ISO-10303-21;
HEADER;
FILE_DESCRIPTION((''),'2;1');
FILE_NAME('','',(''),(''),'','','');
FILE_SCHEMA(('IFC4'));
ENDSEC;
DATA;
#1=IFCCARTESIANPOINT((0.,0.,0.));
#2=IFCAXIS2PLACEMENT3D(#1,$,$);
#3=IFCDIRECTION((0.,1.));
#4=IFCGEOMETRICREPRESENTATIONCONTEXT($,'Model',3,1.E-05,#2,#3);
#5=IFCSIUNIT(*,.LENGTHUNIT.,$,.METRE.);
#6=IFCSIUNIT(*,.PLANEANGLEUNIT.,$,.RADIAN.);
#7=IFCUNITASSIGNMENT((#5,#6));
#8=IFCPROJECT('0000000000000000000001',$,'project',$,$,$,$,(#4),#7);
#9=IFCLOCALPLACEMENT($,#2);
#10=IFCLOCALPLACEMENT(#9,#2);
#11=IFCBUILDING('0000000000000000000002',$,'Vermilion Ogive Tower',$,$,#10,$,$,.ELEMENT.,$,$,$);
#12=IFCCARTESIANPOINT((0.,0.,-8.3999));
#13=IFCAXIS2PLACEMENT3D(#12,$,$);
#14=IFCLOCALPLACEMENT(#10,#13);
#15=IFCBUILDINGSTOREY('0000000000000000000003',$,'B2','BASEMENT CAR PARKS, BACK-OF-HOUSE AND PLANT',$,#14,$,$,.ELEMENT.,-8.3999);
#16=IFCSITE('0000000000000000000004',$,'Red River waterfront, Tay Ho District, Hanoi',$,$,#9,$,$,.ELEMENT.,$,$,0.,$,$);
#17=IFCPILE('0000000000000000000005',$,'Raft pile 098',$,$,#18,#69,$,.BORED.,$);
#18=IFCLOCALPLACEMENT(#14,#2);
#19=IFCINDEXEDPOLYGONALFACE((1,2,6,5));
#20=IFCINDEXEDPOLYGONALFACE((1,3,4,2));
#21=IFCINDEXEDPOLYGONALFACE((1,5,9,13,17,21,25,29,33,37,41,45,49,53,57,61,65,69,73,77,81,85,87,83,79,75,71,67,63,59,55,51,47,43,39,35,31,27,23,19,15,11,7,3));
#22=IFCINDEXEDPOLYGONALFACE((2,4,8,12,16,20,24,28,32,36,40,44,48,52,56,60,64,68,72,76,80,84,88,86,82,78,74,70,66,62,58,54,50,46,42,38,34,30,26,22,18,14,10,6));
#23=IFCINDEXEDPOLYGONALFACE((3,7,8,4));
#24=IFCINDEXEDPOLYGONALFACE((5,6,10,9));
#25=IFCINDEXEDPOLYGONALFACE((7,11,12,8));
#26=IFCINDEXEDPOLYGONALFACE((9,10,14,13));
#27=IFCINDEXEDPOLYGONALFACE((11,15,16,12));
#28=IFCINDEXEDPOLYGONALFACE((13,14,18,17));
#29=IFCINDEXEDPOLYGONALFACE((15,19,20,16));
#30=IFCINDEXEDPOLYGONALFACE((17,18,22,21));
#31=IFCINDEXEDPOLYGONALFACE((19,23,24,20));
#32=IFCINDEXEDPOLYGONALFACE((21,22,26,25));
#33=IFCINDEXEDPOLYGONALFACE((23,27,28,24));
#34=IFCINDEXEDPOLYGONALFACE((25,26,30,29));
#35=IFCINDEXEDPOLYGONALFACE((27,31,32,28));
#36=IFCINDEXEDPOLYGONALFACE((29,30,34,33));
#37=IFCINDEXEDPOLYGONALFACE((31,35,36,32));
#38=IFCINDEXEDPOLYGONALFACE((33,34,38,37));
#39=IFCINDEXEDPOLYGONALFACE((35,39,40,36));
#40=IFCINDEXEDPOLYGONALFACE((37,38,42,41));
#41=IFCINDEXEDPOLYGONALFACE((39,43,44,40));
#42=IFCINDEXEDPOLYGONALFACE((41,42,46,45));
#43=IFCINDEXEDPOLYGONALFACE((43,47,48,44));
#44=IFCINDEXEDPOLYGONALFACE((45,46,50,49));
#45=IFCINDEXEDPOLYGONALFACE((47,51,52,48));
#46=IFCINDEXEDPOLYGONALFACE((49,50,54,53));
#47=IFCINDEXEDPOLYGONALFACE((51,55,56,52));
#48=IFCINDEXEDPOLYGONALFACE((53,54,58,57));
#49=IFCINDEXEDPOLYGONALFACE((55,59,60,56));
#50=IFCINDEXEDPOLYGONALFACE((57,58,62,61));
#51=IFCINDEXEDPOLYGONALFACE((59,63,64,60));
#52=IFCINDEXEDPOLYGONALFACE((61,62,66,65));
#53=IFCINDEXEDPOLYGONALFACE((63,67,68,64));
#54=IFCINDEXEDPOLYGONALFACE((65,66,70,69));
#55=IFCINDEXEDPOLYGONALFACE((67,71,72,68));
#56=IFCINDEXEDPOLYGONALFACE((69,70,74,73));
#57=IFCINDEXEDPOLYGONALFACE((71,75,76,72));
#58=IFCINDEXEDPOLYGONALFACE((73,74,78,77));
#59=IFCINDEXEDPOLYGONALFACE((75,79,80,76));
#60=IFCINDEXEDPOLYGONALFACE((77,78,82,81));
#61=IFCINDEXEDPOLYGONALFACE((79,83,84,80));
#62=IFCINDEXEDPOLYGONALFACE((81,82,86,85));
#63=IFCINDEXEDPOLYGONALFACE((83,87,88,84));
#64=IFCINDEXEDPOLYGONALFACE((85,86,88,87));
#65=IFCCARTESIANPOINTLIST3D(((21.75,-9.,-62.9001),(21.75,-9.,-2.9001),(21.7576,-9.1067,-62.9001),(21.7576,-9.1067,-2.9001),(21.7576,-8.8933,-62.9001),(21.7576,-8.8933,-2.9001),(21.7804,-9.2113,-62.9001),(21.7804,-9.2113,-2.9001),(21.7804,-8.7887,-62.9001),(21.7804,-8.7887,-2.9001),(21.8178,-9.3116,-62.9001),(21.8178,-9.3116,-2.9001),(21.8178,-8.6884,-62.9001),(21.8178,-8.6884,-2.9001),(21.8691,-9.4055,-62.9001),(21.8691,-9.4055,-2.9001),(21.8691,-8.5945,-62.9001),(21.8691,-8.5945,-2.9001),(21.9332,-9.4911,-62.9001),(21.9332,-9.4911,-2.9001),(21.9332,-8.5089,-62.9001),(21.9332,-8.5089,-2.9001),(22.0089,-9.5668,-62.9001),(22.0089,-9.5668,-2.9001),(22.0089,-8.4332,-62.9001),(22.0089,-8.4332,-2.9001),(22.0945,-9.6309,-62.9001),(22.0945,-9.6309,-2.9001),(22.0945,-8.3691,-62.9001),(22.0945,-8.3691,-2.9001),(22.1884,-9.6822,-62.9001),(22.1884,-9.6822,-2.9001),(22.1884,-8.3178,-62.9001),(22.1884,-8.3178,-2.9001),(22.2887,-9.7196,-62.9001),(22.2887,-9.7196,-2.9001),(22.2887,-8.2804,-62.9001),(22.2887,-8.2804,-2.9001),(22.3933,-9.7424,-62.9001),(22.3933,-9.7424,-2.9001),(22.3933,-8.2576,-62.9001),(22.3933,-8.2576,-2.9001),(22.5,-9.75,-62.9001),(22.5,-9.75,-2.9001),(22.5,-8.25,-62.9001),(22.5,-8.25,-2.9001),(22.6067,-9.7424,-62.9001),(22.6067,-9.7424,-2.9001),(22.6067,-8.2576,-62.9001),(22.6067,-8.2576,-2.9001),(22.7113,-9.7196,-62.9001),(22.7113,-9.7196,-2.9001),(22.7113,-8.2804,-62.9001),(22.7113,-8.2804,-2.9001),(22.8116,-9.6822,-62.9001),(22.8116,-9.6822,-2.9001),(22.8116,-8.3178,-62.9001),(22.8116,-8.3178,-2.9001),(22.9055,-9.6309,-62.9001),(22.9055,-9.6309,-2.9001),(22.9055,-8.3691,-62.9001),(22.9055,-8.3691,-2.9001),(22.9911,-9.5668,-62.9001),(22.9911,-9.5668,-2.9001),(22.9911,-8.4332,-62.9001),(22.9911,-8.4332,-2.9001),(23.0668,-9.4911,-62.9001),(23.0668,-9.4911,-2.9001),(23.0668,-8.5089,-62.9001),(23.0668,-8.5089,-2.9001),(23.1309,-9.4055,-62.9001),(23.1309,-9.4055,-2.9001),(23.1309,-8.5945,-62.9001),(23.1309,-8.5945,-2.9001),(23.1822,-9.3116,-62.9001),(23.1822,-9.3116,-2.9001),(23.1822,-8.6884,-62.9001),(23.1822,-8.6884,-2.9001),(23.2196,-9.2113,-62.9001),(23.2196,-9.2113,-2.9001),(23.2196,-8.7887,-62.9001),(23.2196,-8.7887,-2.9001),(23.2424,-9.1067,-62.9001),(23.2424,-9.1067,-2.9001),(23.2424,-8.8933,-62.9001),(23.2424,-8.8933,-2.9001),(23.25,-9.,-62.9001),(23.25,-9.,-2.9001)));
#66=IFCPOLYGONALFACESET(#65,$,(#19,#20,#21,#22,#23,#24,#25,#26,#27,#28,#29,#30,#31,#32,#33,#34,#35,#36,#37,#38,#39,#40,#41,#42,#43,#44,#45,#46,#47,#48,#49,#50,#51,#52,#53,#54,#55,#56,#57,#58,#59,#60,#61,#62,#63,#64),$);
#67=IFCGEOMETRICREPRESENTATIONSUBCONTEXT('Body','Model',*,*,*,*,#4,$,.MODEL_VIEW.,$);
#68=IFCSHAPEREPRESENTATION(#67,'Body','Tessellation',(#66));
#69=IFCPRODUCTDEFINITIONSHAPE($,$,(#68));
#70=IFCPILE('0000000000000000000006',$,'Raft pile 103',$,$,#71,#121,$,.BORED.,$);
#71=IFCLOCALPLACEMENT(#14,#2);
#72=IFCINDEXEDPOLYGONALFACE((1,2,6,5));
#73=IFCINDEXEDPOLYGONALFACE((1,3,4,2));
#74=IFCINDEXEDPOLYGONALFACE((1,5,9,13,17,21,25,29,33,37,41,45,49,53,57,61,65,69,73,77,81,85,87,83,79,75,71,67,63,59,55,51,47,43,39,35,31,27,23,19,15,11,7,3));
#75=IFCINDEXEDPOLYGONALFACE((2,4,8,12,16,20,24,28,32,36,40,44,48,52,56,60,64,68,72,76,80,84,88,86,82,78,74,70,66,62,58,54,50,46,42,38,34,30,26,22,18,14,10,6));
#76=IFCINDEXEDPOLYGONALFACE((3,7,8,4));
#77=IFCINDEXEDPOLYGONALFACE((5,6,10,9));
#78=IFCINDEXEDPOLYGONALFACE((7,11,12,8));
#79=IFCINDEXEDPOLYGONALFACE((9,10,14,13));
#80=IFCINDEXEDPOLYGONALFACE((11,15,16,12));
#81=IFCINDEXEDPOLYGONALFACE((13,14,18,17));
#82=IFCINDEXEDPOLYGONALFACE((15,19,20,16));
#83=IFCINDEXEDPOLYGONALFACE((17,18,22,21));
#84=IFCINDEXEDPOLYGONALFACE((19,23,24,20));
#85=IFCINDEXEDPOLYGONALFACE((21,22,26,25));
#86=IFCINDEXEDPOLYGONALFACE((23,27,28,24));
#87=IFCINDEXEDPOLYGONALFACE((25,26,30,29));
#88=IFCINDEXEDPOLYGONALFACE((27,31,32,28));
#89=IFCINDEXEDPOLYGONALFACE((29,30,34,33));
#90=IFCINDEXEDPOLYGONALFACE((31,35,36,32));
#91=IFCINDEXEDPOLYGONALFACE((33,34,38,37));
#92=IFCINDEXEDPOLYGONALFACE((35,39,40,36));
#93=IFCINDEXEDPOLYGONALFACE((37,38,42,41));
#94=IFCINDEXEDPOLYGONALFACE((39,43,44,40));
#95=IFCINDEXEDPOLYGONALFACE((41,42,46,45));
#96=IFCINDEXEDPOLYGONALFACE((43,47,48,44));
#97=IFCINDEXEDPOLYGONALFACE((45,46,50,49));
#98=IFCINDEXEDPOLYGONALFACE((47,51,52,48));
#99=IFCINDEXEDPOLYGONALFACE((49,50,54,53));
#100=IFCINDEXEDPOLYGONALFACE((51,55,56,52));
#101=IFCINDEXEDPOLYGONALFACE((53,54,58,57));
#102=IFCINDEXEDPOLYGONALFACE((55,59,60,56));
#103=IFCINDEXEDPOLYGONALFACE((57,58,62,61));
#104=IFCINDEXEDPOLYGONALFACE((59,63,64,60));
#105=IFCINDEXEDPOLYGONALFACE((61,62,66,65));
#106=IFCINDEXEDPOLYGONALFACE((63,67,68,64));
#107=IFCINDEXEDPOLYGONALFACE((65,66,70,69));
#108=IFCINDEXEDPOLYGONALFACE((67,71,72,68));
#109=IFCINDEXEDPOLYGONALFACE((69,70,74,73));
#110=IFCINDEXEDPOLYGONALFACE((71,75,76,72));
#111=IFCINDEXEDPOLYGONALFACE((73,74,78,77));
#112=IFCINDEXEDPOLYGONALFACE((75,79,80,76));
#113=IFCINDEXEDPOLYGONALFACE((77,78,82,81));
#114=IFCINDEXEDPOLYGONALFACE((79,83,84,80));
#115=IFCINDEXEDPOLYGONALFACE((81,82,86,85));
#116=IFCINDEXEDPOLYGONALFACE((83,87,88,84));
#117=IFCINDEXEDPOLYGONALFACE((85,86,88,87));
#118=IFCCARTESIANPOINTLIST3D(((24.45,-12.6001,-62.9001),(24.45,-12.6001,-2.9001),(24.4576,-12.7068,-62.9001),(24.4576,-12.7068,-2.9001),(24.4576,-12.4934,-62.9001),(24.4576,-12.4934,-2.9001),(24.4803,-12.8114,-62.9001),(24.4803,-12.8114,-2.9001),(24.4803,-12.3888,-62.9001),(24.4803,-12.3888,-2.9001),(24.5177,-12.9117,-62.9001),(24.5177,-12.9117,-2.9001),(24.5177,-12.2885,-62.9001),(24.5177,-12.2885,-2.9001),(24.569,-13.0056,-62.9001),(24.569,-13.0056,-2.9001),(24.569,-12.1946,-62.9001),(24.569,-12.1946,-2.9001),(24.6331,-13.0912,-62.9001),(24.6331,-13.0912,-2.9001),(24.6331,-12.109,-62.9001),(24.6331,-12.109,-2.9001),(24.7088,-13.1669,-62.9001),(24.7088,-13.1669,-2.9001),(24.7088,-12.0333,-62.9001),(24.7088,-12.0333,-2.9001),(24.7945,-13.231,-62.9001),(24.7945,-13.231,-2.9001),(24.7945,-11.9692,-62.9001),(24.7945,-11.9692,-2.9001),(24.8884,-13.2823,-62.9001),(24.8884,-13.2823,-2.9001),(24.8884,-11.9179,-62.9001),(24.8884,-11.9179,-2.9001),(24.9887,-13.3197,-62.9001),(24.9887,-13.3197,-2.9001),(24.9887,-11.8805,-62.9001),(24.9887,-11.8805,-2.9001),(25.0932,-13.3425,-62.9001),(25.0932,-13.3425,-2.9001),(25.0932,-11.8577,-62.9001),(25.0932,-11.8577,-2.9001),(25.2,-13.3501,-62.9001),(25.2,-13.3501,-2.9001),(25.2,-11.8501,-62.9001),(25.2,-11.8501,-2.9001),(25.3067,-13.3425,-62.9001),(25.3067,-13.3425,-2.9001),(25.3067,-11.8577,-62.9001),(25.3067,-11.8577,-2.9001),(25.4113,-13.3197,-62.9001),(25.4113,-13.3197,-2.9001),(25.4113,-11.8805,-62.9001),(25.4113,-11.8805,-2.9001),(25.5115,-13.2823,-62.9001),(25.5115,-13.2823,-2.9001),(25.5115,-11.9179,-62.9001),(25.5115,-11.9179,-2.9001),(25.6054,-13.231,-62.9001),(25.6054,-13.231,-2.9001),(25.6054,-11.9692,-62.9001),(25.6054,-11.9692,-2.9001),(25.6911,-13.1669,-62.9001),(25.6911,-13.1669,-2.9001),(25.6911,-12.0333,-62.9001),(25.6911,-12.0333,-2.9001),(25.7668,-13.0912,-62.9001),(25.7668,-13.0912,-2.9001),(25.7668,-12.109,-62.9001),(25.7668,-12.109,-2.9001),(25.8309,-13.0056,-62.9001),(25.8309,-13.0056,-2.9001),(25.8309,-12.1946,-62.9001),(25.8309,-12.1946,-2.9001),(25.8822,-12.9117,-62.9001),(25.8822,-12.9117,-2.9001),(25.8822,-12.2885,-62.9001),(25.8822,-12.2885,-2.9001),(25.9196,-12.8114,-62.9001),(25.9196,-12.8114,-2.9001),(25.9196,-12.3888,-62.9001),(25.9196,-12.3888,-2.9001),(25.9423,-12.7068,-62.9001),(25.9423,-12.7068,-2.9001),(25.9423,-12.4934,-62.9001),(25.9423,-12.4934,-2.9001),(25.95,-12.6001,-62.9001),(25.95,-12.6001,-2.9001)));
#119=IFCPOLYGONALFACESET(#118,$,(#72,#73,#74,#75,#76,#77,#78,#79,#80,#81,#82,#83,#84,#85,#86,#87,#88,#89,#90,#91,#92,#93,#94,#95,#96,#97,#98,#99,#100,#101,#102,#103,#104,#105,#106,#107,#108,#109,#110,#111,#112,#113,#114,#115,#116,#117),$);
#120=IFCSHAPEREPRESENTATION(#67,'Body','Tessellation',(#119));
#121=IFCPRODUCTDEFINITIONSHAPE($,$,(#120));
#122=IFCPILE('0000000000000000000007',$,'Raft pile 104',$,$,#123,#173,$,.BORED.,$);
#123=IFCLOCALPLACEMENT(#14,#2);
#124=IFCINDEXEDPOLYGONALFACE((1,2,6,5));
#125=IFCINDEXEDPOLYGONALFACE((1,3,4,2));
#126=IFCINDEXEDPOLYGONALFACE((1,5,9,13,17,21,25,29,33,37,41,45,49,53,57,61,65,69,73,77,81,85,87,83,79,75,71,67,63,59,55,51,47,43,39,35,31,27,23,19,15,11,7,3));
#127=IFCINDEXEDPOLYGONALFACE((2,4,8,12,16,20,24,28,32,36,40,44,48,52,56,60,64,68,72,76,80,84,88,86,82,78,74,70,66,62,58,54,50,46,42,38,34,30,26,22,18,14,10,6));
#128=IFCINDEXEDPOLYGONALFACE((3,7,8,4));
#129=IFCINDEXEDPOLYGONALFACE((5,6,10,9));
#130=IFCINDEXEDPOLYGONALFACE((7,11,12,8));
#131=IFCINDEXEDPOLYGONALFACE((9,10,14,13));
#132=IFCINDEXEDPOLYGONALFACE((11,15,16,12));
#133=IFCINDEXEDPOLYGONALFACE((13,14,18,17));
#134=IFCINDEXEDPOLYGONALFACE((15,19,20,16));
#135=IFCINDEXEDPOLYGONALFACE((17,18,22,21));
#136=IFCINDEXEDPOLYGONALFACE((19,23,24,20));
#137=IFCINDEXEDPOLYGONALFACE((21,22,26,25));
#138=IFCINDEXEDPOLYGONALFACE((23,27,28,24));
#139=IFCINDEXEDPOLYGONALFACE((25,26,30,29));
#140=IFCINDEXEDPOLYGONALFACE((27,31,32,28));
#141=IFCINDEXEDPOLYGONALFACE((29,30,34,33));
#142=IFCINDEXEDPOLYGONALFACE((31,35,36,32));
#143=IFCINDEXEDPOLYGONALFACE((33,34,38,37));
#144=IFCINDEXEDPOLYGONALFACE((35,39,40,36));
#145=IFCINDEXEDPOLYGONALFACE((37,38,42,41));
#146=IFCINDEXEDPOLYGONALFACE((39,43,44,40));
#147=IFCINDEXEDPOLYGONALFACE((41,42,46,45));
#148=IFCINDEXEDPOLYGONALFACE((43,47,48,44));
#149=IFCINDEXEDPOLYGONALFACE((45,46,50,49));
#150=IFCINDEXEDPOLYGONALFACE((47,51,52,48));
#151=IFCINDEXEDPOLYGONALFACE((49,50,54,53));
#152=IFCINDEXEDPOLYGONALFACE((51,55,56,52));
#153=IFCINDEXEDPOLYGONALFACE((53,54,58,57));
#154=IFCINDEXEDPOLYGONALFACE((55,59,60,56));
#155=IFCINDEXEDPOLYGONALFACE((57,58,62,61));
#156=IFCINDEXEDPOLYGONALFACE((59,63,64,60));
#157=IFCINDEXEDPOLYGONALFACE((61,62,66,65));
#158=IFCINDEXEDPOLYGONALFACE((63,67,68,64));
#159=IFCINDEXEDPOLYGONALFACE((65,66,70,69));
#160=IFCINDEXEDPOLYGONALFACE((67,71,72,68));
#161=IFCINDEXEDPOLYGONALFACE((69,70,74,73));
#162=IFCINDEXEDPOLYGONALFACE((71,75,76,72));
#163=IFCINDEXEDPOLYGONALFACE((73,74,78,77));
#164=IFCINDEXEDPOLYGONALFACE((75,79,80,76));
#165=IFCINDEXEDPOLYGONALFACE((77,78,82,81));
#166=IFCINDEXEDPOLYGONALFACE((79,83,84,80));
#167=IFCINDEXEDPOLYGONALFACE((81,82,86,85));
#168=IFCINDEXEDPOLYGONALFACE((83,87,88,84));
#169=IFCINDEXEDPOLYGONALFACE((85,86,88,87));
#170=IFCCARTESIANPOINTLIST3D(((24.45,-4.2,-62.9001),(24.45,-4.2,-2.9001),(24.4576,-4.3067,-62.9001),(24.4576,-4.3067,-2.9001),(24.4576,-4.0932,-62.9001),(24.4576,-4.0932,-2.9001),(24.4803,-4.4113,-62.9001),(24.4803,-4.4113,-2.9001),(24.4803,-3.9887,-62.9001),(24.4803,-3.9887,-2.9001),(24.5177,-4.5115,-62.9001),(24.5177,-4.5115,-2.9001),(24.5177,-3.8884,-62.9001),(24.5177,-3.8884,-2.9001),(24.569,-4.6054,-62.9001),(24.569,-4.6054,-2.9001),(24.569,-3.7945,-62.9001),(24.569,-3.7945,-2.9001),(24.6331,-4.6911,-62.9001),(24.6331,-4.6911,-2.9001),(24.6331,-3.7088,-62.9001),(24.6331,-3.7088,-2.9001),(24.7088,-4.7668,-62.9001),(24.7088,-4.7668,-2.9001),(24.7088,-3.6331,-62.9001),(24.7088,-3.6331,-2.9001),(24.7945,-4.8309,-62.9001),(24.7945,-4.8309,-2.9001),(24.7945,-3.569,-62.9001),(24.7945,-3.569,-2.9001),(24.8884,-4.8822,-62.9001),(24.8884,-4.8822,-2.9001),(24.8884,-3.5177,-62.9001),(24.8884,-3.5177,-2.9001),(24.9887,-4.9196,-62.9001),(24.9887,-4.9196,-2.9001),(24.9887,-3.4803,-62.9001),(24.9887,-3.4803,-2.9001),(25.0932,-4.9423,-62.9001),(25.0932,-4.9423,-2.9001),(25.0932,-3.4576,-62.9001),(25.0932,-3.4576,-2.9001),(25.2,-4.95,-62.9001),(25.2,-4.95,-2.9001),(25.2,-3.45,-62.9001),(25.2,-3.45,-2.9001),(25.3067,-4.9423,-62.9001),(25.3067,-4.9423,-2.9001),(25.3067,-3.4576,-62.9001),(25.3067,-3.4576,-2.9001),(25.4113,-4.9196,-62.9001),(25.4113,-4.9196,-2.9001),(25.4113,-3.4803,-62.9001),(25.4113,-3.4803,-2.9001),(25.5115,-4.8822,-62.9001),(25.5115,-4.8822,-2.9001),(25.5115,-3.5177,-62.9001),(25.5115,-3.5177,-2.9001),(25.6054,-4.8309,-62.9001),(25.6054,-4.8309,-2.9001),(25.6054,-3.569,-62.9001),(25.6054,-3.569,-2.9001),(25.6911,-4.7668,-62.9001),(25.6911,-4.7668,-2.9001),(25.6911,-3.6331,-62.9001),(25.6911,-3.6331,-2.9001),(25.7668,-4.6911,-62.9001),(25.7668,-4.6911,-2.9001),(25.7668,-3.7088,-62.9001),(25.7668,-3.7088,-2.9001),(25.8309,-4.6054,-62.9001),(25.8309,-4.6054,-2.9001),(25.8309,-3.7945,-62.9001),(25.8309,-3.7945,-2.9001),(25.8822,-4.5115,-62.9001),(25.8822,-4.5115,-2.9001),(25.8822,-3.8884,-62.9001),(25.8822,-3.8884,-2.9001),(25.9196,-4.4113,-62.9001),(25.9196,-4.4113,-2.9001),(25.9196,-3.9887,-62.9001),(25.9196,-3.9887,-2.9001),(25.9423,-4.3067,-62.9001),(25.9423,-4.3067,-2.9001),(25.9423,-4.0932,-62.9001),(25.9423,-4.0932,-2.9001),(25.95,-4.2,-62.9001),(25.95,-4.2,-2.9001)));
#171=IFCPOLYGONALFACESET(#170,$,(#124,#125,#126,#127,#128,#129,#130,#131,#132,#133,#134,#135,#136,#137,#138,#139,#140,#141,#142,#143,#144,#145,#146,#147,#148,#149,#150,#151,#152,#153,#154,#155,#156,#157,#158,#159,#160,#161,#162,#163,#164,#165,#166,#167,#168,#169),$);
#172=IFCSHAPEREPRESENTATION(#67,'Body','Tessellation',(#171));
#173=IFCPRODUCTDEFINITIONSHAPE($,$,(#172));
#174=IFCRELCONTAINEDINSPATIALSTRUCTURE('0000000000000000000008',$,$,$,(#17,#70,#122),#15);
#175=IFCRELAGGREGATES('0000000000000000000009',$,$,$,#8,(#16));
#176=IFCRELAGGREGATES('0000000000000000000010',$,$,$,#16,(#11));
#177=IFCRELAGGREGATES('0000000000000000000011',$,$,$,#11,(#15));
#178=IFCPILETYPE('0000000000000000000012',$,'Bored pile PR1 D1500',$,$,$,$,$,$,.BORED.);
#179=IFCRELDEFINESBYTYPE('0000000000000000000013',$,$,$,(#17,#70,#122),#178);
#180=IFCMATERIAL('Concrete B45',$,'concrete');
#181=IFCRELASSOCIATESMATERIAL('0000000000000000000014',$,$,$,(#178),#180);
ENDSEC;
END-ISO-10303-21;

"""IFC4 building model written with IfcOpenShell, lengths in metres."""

from ifc_helpers import new_model, si_unit, direction, frame, origin, origin_2d, place, context, subcontext, project, spatial, circle, extrude, material, type_object, element, save


model = new_model("IFC4")

# Units and contexts
model_context = context("Model", 3, precision=1e-05, world=origin(), true_north=direction((0.0, 1.0)))
body_context = subcontext(model_context, "Body", "Model", "MODEL_VIEW")
ifc_project = project(units=[si_unit("LENGTHUNIT", "METRE"), si_unit("PLANEANGLEUNIT", "RADIAN")], contexts=[model_context])

# Site, building, storey
site_placement = place(None, origin())
site = spatial("IfcSite", under=ifc_project, at=site_placement, Name="Red River waterfront, Tay Ho District, Hanoi", CompositionType="ELEMENT", RefElevation=0.0)
building_placement = place(site_placement, origin())
building = spatial("IfcBuilding", under=site, at=building_placement, Name="Vermilion Ogive Tower", CompositionType="ELEMENT")
storey_placement = place(building_placement, frame((0.0, 0.0, -8.3999)))
storey = spatial("IfcBuildingStorey", under=building, at=storey_placement, Name="B2", Description="BASEMENT CAR PARKS, BACK-OF-HOUSE AND PLANT", CompositionType="ELEMENT", Elevation=-8.3999)

# Piles
ifc_material_1 = material(Name="Concrete B45", Category="concrete")
pile_type = type_object("IfcPileType", Name="Bored pile PR1 D1500", PredefinedType="BORED", material=ifc_material_1)
for number, where, z_axis, x_axis, name in (
    (1, (22.5, -9.0, -2.9001), (0.0, 0.0, -1.0), (1.0, 0.0, 0.0), "Raft pile 098"),
    (2, (25.2, -12.6001, -2.9001), (0.0, 0.0, -1.0), (1.0, 0.0, 0.0), "Raft pile 103"),
    (3, (25.2, -4.2, -2.9001), (0.0, 0.0, -1.0), (1.0, 0.0, 0.0), "Raft pile 104"),
):
    element("IfcPile", number, at=place(storey_placement, frame(where, z_axis=z_axis, x_axis=x_axis)), inside=storey, type_object=pile_type, Name=name, PredefinedType="BORED", context=body_context, shape_type="SweptSolid", body=[
        extrude(circle(Radius=0.75, at=origin_2d()), origin(), (0.0, 0.0, 1.0), 60.0),
    ])

save(model, "model.ifc")
